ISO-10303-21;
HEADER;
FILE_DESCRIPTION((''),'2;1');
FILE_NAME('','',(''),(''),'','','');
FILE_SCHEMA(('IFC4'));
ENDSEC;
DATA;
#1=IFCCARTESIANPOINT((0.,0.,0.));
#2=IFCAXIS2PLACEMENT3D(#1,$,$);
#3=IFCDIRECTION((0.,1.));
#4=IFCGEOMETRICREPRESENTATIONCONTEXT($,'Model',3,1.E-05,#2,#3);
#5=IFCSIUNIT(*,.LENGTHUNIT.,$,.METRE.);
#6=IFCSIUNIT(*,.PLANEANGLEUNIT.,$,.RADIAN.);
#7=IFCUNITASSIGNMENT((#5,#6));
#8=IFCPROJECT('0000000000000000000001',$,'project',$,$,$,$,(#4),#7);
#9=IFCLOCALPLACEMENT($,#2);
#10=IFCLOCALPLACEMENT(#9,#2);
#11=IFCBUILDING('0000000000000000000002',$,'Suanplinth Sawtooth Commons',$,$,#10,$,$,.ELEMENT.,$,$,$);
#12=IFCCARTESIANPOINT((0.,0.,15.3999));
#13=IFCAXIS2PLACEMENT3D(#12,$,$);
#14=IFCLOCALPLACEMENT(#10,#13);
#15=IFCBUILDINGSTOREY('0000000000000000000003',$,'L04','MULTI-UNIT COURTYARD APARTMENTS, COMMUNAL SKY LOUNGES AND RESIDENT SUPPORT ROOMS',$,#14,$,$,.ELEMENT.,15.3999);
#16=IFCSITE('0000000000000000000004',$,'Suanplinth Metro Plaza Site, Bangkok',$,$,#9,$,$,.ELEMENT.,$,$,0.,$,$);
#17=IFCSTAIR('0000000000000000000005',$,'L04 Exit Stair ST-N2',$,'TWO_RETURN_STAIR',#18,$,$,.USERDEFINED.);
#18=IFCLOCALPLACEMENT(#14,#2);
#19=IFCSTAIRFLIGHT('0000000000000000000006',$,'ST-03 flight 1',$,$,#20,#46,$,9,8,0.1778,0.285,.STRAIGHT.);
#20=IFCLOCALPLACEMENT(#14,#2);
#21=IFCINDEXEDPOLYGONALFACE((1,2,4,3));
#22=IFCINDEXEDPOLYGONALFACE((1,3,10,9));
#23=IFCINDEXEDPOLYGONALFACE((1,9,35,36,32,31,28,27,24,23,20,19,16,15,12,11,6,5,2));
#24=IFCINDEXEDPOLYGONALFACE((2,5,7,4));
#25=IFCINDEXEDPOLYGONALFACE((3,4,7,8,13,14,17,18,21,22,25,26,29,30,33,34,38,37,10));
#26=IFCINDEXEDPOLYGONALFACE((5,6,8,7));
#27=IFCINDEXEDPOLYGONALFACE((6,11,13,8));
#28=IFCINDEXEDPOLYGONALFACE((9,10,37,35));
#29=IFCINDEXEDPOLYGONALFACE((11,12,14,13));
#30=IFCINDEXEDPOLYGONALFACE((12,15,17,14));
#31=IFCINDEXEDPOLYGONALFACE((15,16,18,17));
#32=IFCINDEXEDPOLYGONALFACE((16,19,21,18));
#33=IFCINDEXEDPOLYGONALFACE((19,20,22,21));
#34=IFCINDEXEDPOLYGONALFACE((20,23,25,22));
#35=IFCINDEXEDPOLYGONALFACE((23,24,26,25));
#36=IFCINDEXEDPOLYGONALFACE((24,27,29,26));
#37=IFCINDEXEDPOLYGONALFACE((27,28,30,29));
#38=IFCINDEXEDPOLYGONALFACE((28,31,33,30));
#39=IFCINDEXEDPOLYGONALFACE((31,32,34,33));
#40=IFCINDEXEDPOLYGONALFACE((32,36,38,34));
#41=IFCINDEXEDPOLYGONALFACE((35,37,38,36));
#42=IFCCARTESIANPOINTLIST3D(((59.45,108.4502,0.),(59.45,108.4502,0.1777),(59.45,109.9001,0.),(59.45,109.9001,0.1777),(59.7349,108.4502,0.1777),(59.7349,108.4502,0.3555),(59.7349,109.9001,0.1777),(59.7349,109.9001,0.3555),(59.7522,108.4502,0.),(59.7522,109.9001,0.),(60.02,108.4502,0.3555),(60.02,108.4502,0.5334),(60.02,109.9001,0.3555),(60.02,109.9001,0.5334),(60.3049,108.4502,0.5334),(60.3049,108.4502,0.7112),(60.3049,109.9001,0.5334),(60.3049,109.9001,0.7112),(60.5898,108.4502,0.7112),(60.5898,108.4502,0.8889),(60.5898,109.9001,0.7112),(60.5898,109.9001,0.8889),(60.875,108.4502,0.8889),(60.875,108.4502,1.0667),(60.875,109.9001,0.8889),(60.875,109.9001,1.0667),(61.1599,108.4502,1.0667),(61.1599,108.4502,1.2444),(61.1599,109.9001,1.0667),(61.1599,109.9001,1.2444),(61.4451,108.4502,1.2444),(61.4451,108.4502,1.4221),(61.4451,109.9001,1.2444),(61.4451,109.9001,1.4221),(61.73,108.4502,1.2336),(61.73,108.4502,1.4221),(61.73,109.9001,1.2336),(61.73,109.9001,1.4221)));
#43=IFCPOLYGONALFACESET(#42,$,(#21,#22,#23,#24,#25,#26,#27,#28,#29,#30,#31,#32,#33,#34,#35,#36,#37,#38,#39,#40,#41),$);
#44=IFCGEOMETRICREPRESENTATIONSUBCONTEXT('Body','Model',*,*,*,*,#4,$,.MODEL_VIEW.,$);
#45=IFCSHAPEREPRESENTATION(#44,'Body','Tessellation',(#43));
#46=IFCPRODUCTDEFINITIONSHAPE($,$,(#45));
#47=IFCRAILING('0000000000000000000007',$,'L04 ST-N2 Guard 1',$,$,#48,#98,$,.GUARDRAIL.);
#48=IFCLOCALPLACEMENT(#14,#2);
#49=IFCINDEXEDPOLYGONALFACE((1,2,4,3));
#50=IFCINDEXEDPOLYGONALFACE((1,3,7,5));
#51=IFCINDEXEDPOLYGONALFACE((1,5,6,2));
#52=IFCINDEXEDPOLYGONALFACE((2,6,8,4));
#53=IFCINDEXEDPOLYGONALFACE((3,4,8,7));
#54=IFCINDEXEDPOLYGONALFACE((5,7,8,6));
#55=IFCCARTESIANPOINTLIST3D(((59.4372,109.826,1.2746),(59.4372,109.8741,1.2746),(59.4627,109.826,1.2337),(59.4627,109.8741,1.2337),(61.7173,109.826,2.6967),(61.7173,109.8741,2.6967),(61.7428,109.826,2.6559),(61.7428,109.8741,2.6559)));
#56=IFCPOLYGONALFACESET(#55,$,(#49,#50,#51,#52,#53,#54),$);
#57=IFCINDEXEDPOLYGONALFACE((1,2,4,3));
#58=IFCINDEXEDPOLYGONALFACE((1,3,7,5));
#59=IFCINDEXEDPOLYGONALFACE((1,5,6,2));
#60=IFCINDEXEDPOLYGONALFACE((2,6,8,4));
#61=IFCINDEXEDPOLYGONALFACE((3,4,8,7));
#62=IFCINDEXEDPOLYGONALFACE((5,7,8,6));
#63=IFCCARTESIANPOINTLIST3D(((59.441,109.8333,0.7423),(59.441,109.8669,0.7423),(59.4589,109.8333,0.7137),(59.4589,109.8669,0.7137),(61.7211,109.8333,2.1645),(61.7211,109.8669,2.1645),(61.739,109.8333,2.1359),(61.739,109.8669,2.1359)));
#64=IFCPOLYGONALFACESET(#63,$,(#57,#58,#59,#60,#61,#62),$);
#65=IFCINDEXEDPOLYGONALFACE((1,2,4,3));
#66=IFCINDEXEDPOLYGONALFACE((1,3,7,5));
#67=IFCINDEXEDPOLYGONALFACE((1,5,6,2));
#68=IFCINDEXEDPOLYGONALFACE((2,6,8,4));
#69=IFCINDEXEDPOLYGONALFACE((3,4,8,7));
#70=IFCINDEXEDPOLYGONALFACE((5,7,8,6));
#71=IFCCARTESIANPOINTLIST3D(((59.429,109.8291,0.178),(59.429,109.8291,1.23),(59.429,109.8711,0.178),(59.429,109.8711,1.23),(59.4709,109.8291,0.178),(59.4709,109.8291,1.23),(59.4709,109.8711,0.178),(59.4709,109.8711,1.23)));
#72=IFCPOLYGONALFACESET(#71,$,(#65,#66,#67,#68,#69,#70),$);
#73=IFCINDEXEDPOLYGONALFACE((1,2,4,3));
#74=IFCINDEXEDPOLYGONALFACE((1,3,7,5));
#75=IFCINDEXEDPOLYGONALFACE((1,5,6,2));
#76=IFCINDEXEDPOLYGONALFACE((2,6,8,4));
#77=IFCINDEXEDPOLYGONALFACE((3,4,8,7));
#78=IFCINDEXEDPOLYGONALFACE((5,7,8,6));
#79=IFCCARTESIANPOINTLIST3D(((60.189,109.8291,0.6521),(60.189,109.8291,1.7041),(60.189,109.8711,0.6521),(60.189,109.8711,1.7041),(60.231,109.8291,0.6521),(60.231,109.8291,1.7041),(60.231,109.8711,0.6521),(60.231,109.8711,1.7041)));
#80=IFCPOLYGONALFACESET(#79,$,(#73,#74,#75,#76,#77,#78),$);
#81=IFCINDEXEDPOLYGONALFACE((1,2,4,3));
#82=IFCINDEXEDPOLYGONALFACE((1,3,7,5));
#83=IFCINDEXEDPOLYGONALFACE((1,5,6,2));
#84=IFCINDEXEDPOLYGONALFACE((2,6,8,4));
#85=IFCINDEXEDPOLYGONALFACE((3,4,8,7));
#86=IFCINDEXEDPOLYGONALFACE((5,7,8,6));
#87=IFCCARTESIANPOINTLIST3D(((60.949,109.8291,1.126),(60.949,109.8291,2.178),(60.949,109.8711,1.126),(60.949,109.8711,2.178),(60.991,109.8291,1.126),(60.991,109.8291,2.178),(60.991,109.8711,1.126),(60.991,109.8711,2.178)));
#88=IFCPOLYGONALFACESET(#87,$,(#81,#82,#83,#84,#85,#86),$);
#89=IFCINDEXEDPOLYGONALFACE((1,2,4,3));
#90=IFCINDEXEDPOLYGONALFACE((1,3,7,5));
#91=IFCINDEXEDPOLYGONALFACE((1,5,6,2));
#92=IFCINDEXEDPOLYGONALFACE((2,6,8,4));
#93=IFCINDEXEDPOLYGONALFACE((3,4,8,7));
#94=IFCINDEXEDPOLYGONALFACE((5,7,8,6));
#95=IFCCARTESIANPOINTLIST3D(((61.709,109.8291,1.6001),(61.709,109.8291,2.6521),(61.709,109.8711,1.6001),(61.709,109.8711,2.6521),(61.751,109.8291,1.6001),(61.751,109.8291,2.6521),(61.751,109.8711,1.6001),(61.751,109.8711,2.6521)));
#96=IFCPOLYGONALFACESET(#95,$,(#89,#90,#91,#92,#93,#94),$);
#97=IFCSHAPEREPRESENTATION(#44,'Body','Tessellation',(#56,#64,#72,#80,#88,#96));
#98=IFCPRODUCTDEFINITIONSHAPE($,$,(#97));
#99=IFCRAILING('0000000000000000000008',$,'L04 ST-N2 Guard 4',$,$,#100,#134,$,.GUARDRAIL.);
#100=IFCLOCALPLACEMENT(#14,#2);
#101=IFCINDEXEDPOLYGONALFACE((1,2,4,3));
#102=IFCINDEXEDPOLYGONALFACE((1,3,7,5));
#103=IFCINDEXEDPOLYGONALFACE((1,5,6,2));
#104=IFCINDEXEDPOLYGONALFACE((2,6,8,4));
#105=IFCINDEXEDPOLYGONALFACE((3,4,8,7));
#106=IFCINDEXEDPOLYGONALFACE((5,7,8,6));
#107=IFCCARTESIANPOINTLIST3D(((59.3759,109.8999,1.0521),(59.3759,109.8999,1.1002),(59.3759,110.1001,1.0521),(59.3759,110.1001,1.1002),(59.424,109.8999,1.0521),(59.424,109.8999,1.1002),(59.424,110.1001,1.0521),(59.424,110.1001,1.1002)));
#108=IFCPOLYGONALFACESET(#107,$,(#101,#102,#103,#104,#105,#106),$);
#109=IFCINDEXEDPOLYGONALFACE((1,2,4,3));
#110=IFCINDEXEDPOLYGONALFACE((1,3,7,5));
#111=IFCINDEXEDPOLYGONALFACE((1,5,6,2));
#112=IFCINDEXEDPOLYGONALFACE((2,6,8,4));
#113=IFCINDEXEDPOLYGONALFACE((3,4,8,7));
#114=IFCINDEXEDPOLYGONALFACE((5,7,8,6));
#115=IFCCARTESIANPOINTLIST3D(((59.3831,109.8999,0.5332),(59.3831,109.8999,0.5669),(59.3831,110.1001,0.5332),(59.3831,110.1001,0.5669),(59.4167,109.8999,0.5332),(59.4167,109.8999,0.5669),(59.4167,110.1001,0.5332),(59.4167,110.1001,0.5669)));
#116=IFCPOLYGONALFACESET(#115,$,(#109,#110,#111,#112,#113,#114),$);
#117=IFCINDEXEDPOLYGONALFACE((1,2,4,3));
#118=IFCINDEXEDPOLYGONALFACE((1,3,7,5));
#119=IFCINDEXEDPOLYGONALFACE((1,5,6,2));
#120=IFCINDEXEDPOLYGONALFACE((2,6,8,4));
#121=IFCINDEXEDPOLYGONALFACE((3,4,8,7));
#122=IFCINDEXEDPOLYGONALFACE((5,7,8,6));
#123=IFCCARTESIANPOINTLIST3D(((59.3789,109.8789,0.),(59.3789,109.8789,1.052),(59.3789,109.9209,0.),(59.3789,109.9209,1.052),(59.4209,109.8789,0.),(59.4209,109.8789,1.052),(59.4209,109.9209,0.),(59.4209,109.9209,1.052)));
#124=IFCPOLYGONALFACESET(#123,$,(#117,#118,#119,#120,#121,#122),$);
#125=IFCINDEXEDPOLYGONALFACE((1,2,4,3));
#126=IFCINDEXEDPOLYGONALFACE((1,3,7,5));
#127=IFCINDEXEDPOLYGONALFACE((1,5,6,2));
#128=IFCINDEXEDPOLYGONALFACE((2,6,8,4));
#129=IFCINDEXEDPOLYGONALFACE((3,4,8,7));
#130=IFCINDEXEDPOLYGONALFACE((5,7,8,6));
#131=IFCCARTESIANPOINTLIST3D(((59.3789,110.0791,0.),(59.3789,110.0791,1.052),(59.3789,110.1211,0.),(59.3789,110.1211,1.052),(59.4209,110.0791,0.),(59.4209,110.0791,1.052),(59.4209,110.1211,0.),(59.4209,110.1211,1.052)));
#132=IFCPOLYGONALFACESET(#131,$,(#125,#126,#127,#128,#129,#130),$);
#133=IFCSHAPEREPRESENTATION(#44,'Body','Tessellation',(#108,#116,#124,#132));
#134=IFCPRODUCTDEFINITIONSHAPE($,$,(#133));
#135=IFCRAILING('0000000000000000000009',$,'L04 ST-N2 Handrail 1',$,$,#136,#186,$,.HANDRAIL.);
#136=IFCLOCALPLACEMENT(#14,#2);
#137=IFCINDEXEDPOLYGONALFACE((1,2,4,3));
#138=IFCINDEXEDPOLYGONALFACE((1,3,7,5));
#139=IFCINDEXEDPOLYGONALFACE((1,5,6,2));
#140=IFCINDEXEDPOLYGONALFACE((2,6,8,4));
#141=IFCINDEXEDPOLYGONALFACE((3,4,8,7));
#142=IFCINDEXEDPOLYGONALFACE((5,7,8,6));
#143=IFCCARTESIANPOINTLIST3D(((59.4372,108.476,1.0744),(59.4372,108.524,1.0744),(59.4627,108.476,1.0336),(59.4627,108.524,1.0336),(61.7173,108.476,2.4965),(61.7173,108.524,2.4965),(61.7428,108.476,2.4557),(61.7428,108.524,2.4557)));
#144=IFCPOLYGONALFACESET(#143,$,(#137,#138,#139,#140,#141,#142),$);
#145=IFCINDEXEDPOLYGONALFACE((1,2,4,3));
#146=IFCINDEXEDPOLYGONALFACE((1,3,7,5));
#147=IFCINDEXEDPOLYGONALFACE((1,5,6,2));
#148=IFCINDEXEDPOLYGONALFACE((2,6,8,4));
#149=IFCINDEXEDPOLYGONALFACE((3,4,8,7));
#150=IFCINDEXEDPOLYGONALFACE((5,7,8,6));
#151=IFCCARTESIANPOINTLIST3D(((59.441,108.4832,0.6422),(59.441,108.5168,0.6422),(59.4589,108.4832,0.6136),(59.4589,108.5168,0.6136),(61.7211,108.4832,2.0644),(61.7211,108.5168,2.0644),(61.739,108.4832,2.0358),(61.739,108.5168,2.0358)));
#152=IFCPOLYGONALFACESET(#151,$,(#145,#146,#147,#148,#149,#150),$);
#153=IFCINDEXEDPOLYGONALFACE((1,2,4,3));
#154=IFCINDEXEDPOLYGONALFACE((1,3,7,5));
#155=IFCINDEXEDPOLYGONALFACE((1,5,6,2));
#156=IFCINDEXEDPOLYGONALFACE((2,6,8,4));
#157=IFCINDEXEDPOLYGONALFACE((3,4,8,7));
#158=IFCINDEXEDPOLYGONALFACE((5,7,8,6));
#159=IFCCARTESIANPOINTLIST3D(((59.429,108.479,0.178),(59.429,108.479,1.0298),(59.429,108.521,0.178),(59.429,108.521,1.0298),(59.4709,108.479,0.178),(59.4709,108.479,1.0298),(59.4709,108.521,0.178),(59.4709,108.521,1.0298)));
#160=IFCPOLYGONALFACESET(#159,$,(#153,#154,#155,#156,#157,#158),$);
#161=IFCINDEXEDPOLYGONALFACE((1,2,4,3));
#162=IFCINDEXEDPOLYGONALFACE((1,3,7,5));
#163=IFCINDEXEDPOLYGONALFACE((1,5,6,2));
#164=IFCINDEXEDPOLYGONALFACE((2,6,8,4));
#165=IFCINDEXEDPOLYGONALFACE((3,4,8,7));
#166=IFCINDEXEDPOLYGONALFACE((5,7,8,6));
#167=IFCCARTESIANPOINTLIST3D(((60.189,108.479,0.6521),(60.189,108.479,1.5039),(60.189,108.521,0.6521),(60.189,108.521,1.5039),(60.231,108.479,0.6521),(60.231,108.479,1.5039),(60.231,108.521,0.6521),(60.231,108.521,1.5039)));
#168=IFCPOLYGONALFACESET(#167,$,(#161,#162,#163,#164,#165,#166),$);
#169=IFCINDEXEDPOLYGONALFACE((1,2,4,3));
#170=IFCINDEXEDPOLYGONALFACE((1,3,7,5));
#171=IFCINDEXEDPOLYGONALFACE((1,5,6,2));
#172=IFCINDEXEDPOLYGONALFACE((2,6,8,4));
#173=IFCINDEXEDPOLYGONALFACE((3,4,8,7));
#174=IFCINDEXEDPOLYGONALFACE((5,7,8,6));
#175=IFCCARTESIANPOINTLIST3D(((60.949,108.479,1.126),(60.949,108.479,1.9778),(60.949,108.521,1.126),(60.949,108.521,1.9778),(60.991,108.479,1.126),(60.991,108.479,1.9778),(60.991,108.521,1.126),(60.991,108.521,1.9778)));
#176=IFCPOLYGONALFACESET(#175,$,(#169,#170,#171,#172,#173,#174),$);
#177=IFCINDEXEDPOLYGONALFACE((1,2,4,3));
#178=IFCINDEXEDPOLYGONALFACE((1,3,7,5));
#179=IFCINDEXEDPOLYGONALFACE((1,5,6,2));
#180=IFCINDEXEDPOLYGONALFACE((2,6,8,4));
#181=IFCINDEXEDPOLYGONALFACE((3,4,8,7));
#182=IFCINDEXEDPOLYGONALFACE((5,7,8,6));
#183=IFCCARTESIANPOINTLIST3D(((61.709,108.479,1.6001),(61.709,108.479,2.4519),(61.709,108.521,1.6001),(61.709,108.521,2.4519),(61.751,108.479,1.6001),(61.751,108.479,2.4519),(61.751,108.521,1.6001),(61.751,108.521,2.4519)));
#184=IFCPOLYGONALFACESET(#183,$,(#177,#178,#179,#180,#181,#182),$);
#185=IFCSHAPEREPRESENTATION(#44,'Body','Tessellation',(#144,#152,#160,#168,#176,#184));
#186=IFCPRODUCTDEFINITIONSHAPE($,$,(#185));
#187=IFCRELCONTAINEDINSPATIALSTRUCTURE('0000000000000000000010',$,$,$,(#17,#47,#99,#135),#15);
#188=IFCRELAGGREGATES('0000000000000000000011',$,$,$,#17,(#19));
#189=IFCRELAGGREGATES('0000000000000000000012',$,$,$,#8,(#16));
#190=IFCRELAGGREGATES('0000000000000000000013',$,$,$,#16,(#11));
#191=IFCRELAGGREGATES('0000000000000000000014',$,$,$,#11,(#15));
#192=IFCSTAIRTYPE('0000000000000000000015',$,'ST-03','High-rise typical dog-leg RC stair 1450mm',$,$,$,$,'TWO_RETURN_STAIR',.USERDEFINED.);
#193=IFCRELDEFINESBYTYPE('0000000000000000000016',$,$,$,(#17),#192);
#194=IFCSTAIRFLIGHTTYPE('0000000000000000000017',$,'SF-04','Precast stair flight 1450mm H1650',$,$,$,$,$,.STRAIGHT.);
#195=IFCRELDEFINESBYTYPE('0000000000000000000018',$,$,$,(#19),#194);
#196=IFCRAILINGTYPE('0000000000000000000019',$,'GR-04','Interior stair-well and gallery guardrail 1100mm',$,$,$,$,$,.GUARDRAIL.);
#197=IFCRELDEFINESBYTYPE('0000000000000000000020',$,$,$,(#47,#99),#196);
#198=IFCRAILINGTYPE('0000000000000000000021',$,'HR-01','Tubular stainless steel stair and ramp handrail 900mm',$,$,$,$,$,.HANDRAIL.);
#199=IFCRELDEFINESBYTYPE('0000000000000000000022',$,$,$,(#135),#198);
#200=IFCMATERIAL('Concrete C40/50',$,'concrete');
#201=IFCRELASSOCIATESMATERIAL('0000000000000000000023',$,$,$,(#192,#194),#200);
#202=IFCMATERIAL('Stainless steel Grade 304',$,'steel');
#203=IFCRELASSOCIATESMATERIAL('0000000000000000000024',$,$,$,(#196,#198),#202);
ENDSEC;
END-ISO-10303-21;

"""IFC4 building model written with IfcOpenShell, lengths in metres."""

from ifc_helpers import new_model, si_unit, direction, frame, origin, origin_2d, place, context, subcontext, project, spatial, polyline, rectangle, outline, extrude, material, type_object, element, aggregate, save


model = new_model("IFC4")

# Units and contexts
model_context = context("Model", 3, precision=1e-05, world=origin(), true_north=direction((0.0, 1.0)))
body_context = subcontext(model_context, "Body", "Model", "MODEL_VIEW")
ifc_project = project(units=[si_unit("LENGTHUNIT", "METRE"), si_unit("PLANEANGLEUNIT", "RADIAN")], contexts=[model_context])

# Site, building, storey
site_placement = place(None, origin())
site = spatial("IfcSite", under=ifc_project, at=site_placement, Name="Suanplinth Metro Plaza Site, Bangkok", CompositionType="ELEMENT", RefElevation=0.0)
building_placement = place(site_placement, origin())
building = spatial("IfcBuilding", under=site, at=building_placement, Name="Suanplinth Sawtooth Commons", CompositionType="ELEMENT")
storey_placement = place(building_placement, frame((0.0, 0.0, 15.3999)))
storey = spatial("IfcBuildingStorey", under=building, at=storey_placement, Name="L04", Description="MULTI-UNIT COURTYARD APARTMENTS, COMMUNAL SKY LOUNGES AND RESIDENT SUPPORT ROOMS", CompositionType="ELEMENT", Elevation=15.3999)

# Shared definitions
ifc_material_1 = material(Name="Concrete C40/50", Category="concrete")

# Shared definitions
ifc_material_2 = material(Name="Stainless steel Grade 304", Category="steel")

# Stair, stair flight
stair_type = type_object("IfcStairType", Name="ST-03", Description="High-rise typical dog-leg RC stair 1450mm", ElementType="TWO_RETURN_STAIR", PredefinedType="USERDEFINED", material=ifc_material_1)
stair_placement = place(storey_placement, origin())
stair = element("IfcStair", 1, at=stair_placement, inside=storey, type_object=stair_type, Name="L04 Exit Stair ST-N2", ObjectType="TWO_RETURN_STAIR", PredefinedType="USERDEFINED")
stair_flight_type = type_object("IfcStairFlightType", Name="SF-04", Description="Precast stair flight 1450mm H1650", PredefinedType="STRAIGHT", material=ifc_material_1)
stair_flight_placement = place(storey_placement, frame((59.45, 109.175, 0.0), z_axis=(0.0, 0.0, 1.0), x_axis=(1.0, 0.0, 0.0)))
stair_flight = element("IfcStairFlight", 2, at=stair_flight_placement, type_object=stair_flight_type, Name="ST-03 flight 1", NumberOfRisers=9, NumberOfTreads=8, PredefinedType="STRAIGHT", RiserHeight=0.1778, TreadLength=0.285, context=body_context, shape_type="SweptSolid", body=[
    extrude(outline(polyline([(0.0, 0.0), (0.0, 0.1777), (0.2849, 0.1777), (0.2849, 0.3555), (0.5701, 0.3555), (0.5701, 0.5334), (0.855, 0.5334), (0.855, 0.7112), (1.1399, 0.7112), (1.1399, 0.8889), (1.425, 0.8889), (1.425, 1.0667), (1.71, 1.0667), (1.71, 1.2444), (1.9951, 1.2444), (1.9951, 1.4221), (2.28, 1.4221), (2.28, 1.6001), (2.28, 1.2336), (0.3022, 0.0), (0.0, 0.0)])), frame((0.0, 0.7251, 0.0), z_axis=(0.0, -1.0, 0.0), x_axis=(1.0, 0.0, 0.0)), (0.0, 0.0, 1.0), 1.45),
])
aggregate(stair, [stair_flight])

# Railings
railing_type_1 = type_object("IfcRailingType", Name="GR-04", Description="Interior stair-well and gallery guardrail 1100mm", PredefinedType="GUARDRAIL", material=ifc_material_2)
railing_1_placement = place(storey_placement, frame((59.45, 109.8501, 0.178)))
element("IfcRailing", 3, at=railing_1_placement, inside=storey, type_object=railing_type_1, Name="L04 ST-N2 Guard 1", PredefinedType="GUARDRAIL", context=body_context, shape_type="SweptSolid", body=[
    extrude(rectangle(XDim=0.0481, YDim=0.0481, at=origin_2d()), frame((0.0, 0.0, 1.0762), z_axis=(0.848483, 0.0, 0.529223), x_axis=(0.0, 1.0, 0.0)), (0.0, 0.0, 1.0), 2.6873),
    extrude(rectangle(XDim=0.0337, YDim=0.0337, at=origin_2d()), frame((0.0, 0.0, 0.55), z_axis=(0.848483, 0.0, 0.529223), x_axis=(0.0, 1.0, 0.0)), (0.0, 0.0, 1.0), 2.6873),
    extrude(rectangle(XDim=0.042, YDim=0.042, at=origin_2d()), origin(), (0.0, 0.0, 1.0), 1.052),
    extrude(rectangle(XDim=0.042, YDim=0.042, at=origin_2d()), frame((0.76, 0.0, 0.4741)), (0.0, 0.0, 1.0), 1.052),
    extrude(rectangle(XDim=0.042, YDim=0.042, at=origin_2d()), frame((1.52, 0.0, 0.948)), (0.0, 0.0, 1.0), 1.052),
    extrude(rectangle(XDim=0.042, YDim=0.042, at=origin_2d()), frame((2.28, 0.0, 1.4221)), (0.0, 0.0, 1.0), 1.052),
])
railing_2_placement = place(storey_placement, frame((59.3999, 109.8999, 0.0)))
element("IfcRailing", 4, at=railing_2_placement, inside=storey, type_object=railing_type_1, Name="L04 ST-N2 Guard 4", PredefinedType="GUARDRAIL", context=body_context, shape_type="SweptSolid", body=[
    extrude(rectangle(XDim=0.0481, YDim=0.0481, at=origin_2d()), frame((0.0, 0.0, 1.0762), z_axis=(0.0, 1.0, 0.0), x_axis=(-1.0, 0.0, 0.0)), (0.0, 0.0, 1.0), 0.2002),
    extrude(rectangle(XDim=0.0337, YDim=0.0337, at=origin_2d()), frame((0.0, 0.0, 0.55), z_axis=(0.0, 1.0, 0.0), x_axis=(-1.0, 0.0, 0.0)), (0.0, 0.0, 1.0), 0.2002),
    extrude(rectangle(XDim=0.042, YDim=0.042, at=origin_2d()), origin(), (0.0, 0.0, 1.0), 1.052),
    extrude(rectangle(XDim=0.042, YDim=0.042, at=origin_2d()), frame((0.0, 0.2002, 0.0)), (0.0, 0.0, 1.0), 1.052),
])
railing_type_2 = type_object("IfcRailingType", Name="HR-01", Description="Tubular stainless steel stair and ramp handrail 900mm", PredefinedType="HANDRAIL", material=ifc_material_2)
railing_3_placement = place(storey_placement, frame((59.45, 108.5, 0.178)))
element("IfcRailing", 5, at=railing_3_placement, inside=storey, type_object=railing_type_2, Name="L04 ST-N2 Handrail 1", PredefinedType="HANDRAIL", context=body_context, shape_type="SweptSolid", body=[
    extrude(rectangle(XDim=0.0481, YDim=0.0481, at=origin_2d()), frame((0.0, 0.0, 0.876), z_axis=(0.848483, 0.0, 0.529223), x_axis=(0.0, 1.0, 0.0)), (0.0, 0.0, 1.0), 2.6873),
    extrude(rectangle(XDim=0.0337, YDim=0.0337, at=origin_2d()), frame((0.0, 0.0, 0.45), z_axis=(0.848483, 0.0, 0.529223), x_axis=(0.0, 1.0, 0.0)), (0.0, 0.0, 1.0), 2.6873),
    extrude(rectangle(XDim=0.042, YDim=0.042, at=origin_2d()), origin(), (0.0, 0.0, 1.0), 0.8518),
    extrude(rectangle(XDim=0.042, YDim=0.042, at=origin_2d()), frame((0.76, 0.0, 0.4741)), (0.0, 0.0, 1.0), 0.8518),
    extrude(rectangle(XDim=0.042, YDim=0.042, at=origin_2d()), frame((1.52, 0.0, 0.948)), (0.0, 0.0, 1.0), 0.8518),
    extrude(rectangle(XDim=0.042, YDim=0.042, at=origin_2d()), frame((2.28, 0.0, 1.4221)), (0.0, 0.0, 1.0), 0.8518),
])

save(model, "model.ifc")
